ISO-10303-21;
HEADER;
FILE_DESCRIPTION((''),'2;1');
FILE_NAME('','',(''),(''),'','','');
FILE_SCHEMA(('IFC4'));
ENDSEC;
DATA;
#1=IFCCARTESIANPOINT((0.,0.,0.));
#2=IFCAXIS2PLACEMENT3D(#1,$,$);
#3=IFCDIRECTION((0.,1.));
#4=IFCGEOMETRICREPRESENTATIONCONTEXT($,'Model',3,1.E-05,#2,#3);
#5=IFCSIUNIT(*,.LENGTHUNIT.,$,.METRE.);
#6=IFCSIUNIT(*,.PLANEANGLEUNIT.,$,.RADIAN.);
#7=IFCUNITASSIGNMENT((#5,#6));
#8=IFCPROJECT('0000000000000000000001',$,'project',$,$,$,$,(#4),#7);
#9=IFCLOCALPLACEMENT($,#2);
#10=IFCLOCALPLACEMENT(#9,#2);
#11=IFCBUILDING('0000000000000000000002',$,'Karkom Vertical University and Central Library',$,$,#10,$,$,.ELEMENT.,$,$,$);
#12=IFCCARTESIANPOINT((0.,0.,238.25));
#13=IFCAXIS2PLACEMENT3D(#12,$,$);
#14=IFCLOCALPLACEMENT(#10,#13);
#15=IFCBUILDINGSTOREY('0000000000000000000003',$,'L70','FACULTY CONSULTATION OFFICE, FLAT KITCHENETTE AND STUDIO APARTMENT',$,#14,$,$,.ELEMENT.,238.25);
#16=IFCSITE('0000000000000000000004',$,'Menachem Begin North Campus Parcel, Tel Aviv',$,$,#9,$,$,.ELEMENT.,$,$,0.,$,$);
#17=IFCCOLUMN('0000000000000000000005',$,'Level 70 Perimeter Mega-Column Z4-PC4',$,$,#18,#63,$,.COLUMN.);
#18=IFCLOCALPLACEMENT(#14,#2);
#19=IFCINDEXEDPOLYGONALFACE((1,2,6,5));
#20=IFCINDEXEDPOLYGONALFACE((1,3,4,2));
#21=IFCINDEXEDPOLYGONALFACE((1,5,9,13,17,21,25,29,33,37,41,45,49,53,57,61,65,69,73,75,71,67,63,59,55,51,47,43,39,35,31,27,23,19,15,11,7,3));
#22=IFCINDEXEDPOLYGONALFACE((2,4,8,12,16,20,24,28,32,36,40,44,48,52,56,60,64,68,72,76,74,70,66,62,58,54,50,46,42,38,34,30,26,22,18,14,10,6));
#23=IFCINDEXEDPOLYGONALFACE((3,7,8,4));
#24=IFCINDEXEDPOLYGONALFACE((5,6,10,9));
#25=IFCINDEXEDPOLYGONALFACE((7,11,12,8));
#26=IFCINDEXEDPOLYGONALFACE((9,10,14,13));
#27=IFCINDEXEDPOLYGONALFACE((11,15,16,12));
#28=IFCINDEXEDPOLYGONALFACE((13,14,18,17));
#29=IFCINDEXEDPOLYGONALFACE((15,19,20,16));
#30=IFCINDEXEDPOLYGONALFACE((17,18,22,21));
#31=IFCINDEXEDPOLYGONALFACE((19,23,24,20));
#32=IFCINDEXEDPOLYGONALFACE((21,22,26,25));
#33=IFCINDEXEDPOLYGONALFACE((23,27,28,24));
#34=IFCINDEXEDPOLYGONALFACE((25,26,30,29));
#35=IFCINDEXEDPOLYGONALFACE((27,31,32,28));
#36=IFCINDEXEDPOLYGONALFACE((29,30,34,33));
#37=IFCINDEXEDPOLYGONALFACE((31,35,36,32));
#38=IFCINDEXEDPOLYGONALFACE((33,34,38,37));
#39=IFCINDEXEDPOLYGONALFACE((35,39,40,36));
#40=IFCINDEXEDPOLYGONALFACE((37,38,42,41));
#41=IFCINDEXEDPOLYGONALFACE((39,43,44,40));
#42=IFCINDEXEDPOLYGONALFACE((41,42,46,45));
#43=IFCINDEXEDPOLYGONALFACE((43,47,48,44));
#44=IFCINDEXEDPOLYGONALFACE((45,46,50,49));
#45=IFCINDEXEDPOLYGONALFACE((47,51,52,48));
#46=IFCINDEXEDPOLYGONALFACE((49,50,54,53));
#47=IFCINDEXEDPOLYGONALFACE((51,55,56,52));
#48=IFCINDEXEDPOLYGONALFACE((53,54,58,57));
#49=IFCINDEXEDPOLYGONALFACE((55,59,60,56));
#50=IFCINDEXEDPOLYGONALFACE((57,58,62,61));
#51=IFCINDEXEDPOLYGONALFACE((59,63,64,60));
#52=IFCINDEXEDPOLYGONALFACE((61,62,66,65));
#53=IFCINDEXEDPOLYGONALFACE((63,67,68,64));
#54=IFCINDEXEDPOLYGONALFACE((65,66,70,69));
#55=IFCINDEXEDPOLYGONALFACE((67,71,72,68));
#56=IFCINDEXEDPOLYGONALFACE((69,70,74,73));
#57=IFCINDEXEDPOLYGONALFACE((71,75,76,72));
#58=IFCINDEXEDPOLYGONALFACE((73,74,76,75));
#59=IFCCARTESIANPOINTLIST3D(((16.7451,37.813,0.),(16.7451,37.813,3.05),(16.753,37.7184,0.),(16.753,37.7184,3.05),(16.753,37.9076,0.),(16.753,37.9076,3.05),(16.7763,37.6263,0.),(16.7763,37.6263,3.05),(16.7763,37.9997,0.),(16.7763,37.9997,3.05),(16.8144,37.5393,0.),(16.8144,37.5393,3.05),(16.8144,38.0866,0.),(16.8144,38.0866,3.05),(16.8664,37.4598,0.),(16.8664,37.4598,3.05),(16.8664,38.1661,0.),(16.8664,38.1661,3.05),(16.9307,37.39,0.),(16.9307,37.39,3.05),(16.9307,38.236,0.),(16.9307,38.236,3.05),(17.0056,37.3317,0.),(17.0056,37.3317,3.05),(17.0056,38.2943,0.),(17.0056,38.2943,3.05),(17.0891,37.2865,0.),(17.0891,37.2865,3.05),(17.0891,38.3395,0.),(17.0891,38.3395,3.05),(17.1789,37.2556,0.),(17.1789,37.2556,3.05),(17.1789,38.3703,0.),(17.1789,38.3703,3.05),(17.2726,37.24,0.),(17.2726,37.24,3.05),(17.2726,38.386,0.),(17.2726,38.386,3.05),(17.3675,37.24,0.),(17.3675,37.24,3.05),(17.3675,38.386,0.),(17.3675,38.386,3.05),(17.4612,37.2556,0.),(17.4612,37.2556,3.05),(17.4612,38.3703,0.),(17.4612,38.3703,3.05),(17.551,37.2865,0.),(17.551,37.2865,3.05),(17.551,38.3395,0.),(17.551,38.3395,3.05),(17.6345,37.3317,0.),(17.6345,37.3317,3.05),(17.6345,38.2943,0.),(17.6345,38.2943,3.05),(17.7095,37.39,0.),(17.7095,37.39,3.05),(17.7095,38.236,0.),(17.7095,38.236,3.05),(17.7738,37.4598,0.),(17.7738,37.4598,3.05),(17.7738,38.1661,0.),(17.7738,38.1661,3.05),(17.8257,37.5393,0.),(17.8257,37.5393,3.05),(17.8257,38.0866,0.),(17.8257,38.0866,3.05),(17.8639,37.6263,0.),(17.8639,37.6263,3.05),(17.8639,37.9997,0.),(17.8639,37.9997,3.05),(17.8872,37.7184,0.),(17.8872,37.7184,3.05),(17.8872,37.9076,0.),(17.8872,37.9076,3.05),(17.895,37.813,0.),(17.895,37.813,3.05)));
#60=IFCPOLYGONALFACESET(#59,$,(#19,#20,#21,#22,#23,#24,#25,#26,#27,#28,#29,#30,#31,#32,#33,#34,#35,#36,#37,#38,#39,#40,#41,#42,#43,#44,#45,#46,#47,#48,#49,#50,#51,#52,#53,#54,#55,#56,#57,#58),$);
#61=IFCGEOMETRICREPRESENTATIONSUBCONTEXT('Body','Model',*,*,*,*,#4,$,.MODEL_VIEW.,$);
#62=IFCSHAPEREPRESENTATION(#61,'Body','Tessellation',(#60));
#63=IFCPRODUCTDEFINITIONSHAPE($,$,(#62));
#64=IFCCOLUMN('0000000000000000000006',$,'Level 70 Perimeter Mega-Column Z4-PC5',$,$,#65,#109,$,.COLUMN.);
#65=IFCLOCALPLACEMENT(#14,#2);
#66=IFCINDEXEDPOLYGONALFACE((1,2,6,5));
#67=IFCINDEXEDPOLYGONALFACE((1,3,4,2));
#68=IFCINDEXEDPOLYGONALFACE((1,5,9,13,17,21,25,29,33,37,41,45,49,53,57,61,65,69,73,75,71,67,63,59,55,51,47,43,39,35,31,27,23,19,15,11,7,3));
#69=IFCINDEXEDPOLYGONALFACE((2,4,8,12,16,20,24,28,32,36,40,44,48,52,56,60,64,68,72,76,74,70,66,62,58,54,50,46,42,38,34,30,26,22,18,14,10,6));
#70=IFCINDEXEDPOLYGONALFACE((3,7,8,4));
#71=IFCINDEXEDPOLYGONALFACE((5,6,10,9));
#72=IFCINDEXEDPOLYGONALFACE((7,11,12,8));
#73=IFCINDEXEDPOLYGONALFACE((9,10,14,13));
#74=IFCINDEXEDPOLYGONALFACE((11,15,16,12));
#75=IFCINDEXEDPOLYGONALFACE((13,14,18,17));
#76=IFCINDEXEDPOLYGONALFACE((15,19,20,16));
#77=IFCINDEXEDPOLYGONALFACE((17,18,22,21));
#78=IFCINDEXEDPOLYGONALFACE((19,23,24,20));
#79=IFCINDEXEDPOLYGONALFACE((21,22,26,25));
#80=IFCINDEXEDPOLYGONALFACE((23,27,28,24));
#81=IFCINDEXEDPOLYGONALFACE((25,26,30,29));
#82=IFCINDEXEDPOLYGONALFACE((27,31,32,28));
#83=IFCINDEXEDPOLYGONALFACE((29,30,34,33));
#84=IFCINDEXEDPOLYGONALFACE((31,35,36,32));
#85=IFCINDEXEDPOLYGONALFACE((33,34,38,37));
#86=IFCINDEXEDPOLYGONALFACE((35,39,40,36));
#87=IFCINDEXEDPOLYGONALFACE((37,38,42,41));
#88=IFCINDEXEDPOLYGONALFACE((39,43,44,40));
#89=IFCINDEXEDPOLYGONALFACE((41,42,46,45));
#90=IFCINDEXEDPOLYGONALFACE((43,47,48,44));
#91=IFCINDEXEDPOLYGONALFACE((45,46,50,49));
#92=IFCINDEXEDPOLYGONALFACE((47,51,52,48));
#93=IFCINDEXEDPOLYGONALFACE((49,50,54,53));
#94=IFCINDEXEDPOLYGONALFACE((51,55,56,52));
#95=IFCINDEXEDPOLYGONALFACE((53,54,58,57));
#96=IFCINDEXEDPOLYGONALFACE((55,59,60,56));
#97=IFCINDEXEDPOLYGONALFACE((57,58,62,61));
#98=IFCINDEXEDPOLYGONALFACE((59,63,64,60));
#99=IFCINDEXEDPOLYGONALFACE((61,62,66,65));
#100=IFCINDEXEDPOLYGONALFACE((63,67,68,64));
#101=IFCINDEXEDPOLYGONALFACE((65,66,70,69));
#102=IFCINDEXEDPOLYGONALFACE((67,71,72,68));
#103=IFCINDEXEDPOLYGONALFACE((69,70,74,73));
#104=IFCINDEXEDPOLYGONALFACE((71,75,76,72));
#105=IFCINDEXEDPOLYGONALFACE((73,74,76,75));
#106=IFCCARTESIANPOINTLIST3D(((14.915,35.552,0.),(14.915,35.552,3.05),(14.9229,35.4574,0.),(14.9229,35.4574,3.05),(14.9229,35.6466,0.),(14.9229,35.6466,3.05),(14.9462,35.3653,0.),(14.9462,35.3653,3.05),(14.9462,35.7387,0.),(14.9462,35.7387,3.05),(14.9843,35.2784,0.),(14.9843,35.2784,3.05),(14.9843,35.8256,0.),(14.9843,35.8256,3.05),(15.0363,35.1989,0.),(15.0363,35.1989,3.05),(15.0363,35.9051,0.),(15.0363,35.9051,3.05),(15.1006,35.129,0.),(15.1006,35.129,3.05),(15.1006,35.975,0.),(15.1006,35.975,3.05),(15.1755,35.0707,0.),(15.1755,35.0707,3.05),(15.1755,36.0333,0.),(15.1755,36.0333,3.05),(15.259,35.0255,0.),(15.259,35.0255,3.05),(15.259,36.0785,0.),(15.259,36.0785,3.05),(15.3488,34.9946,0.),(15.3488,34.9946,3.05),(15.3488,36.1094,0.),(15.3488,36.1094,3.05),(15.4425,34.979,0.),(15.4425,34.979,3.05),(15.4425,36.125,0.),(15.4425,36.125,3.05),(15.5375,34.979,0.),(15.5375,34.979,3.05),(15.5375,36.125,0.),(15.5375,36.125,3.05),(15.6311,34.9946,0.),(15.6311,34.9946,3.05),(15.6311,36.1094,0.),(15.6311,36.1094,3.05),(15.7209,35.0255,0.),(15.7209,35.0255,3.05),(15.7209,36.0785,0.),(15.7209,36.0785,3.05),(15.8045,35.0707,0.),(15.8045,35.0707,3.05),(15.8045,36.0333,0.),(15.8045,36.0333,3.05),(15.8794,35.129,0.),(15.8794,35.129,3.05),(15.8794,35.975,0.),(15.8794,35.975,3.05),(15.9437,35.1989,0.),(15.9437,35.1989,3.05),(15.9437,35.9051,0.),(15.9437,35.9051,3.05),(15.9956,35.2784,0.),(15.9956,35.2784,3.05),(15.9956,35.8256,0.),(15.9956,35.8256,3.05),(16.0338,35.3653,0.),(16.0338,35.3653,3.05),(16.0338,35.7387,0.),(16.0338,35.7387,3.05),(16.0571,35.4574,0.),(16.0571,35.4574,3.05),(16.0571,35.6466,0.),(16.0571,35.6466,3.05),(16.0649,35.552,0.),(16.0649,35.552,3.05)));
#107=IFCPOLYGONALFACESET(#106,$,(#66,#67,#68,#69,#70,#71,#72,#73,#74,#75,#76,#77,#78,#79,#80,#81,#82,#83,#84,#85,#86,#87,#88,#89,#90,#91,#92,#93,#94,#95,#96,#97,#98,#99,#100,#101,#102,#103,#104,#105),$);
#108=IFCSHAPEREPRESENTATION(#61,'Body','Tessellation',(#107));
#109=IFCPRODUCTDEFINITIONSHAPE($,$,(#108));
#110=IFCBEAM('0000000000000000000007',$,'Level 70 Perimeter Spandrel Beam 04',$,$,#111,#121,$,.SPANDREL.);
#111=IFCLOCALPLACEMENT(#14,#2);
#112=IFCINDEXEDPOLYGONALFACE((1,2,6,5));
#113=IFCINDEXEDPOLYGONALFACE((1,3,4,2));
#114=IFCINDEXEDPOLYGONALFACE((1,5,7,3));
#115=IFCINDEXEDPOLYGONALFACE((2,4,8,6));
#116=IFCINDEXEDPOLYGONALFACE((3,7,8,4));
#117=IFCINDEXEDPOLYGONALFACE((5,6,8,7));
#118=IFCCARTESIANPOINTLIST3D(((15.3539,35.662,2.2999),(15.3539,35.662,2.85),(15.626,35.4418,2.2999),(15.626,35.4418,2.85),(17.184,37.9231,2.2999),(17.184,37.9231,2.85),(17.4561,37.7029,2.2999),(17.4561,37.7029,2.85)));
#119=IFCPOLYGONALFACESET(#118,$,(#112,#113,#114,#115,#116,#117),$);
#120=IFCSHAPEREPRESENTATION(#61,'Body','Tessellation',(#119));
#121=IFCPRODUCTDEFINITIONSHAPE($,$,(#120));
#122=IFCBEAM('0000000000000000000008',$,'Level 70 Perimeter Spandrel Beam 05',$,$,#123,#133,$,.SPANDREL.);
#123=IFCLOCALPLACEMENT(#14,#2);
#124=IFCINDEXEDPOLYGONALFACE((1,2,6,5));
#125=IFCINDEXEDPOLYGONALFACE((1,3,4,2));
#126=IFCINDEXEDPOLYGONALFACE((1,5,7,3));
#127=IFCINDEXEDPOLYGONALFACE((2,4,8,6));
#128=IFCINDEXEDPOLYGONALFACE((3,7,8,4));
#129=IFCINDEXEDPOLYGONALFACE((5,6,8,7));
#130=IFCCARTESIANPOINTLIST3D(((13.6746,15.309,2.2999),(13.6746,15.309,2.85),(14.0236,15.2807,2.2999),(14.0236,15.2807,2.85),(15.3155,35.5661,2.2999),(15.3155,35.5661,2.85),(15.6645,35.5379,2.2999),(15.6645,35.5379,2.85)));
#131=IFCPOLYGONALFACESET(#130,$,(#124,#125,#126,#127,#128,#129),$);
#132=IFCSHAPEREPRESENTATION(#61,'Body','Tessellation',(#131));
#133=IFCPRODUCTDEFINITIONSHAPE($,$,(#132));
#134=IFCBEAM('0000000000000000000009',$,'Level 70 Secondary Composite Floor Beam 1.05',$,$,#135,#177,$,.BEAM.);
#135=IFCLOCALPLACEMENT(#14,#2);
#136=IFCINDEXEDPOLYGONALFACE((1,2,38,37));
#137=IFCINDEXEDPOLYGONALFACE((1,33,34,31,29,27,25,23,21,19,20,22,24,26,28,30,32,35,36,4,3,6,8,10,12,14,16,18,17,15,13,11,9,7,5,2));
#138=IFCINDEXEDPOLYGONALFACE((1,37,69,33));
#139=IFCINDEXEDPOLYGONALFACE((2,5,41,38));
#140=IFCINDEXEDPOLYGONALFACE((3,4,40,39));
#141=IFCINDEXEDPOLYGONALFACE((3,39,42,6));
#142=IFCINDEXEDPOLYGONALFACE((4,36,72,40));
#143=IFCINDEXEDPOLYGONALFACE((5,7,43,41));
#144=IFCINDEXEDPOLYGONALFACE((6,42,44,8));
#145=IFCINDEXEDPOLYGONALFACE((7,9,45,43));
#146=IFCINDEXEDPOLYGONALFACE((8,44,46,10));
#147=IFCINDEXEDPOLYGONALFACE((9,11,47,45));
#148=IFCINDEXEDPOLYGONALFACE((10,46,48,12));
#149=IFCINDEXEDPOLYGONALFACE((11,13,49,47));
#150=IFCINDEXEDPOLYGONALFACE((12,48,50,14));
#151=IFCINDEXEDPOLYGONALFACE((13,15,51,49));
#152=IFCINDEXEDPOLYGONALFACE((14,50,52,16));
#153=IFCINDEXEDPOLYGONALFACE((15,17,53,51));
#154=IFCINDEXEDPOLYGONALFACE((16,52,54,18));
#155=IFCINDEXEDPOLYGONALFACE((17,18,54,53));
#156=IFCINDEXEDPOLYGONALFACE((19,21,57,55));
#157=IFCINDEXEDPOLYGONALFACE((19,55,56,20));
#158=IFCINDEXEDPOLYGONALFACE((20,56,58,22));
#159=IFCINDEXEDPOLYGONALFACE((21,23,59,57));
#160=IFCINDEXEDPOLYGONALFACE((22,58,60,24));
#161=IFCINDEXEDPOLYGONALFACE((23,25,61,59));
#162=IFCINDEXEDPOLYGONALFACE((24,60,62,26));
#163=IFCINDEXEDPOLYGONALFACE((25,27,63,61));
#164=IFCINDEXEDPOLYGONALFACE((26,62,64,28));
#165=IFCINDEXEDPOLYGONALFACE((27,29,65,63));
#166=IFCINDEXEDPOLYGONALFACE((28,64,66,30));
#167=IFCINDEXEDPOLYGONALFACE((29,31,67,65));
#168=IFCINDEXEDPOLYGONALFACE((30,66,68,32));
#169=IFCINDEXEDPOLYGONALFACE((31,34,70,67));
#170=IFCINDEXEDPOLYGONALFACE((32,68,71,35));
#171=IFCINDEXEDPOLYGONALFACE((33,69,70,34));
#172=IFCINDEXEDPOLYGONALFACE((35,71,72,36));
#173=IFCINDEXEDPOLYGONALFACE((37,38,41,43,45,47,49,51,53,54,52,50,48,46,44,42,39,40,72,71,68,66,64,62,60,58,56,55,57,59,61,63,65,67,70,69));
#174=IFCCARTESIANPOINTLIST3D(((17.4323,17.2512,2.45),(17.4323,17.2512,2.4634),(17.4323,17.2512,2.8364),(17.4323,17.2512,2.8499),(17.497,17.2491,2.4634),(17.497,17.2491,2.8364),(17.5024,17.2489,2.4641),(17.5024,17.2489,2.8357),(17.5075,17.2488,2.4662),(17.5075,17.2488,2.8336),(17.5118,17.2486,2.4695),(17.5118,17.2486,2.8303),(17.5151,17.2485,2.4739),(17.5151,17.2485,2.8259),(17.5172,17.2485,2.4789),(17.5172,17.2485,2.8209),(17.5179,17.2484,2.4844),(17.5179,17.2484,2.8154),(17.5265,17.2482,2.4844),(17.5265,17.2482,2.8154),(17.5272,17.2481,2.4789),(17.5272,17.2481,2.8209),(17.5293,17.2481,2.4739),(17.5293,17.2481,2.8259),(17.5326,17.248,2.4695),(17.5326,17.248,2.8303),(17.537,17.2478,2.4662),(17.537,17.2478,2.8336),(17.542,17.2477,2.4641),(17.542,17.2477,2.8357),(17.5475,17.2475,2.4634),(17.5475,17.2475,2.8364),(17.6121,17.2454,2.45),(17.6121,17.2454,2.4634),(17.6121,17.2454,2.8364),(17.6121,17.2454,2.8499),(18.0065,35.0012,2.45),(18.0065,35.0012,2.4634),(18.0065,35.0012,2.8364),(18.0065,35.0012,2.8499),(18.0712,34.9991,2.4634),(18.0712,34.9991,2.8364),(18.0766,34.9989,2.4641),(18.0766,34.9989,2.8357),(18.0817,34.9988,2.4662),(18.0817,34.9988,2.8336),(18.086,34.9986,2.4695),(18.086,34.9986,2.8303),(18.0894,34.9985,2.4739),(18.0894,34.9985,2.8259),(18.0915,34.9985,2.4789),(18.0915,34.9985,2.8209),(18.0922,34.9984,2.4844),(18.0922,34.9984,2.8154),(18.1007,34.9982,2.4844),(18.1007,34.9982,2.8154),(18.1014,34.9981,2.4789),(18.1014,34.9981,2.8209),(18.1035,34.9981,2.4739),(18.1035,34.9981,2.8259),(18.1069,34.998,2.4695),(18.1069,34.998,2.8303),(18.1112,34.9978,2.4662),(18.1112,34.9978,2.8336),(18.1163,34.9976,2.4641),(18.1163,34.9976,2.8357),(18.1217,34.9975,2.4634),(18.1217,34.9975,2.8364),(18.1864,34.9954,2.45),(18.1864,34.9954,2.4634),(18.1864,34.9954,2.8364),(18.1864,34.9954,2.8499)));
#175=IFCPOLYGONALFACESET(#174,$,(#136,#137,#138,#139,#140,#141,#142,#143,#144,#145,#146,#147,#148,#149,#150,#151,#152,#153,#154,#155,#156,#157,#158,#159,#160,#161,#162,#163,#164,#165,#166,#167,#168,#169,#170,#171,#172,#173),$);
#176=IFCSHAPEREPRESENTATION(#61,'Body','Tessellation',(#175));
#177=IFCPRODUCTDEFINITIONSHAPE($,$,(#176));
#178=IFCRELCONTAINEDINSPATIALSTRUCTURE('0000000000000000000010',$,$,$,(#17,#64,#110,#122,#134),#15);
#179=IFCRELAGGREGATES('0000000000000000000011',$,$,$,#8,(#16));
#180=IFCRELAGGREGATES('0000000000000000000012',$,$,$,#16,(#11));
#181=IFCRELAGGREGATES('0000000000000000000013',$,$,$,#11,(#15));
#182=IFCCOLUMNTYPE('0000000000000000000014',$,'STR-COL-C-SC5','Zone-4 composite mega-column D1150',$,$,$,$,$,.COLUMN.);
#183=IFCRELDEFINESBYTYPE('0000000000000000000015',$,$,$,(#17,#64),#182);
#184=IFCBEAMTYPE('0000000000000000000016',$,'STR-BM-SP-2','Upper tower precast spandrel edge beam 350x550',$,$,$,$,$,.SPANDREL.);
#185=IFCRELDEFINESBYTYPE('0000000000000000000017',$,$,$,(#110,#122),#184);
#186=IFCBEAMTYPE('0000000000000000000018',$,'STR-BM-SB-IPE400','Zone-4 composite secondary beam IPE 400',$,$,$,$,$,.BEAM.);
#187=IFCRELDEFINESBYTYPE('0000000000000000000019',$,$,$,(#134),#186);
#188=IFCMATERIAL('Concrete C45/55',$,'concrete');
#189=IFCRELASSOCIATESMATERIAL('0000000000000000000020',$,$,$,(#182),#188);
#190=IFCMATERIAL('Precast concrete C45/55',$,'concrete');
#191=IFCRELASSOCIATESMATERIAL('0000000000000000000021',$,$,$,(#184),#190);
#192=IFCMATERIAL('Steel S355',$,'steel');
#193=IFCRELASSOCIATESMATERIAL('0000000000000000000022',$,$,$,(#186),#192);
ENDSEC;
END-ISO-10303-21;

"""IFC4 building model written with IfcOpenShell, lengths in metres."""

from ifc_helpers import new_model, si_unit, direction, frame, origin, origin_with_axes, origin_2d, place, context, subcontext, project, spatial, rectangle, circle, i_section, extrude, source, transform, mapped, material, material_profile, profile_set, type_object, element, save


model = new_model("IFC4")

# Units and contexts
model_context = context("Model", 3, precision=1e-05, world=origin(), true_north=direction((0.0, 1.0)))
body_context = subcontext(model_context, "Body", "Model", "MODEL_VIEW")
ifc_project = project(units=[si_unit("LENGTHUNIT", "METRE"), si_unit("PLANEANGLEUNIT", "RADIAN")], contexts=[model_context])

# Site, building, storey
site_placement = place(None, origin())
site = spatial("IfcSite", under=ifc_project, at=site_placement, Name="Menachem Begin North Campus Parcel, Tel Aviv", CompositionType="ELEMENT", RefElevation=0.0)
building_placement = place(site_placement, origin())
building = spatial("IfcBuilding", under=site, at=building_placement, Name="Karkom Vertical University and Central Library", CompositionType="ELEMENT")
storey_placement = place(building_placement, frame((0.0, 0.0, 238.25)))
storey = spatial("IfcBuildingStorey", under=building, at=storey_placement, Name="L70", Description="FACULTY CONSULTATION OFFICE, FLAT KITCHENETTE AND STUDIO APARTMENT", CompositionType="ELEMENT", Elevation=238.25)

# Columns
ifc_material_1 = material(Name="Concrete C45/55", Category="concrete")
ifc_material_profile_1 = material_profile(ifc_material_1, circle(Radius=0.575, at=origin_2d()), Name="CFT-D1150")
ifc_profile_set_1 = profile_set([ifc_material_profile_1], Name="Concrete C45/55")
column_type = type_object("IfcColumnType", Name="STR-COL-C-SC5", Description="Zone-4 composite mega-column D1150", PredefinedType="COLUMN", material=ifc_profile_set_1)
shared_shape_1 = source(origin_with_axes(), body_context, "Body", "SweptSolid", [
    extrude(circle(Radius=0.575, at=origin_2d()), origin(), (0.0, 0.0, 1.0), 3.05),
])
for number, where, z_axis, x_axis, name in (
    (1, (17.3201, 37.813, 0.0), (0.0, 0.0, 1.0), (1.0, 0.0, 0.0), "Level 70 Perimeter Mega-Column Z4-PC4"),
    (2, (15.49, 35.552, 0.0), (0.0, 0.0, 1.0), (1.0, 0.0, 0.0), "Level 70 Perimeter Mega-Column Z4-PC5"),
):
    element("IfcColumn", number, at=place(storey_placement, frame(where, z_axis=z_axis, x_axis=x_axis)), inside=storey, type_object=column_type, Name=name, PredefinedType="COLUMN", context=body_context, shape_type="MappedRepresentation", body=[
        mapped(shared_shape_1, transform((0.0, 0.0, 0.0), scale=1.0)),
    ])

# Beams
ifc_material_2 = material(Name="Precast concrete C45/55", Category="concrete")
ifc_material_profile_2 = material_profile(ifc_material_2, rectangle(XDim=0.3501, YDim=0.55, at=origin_2d()), Name="SPB-350x550")
ifc_profile_set_2 = profile_set([ifc_material_profile_2], Name="Precast concrete C45/55")
beam_type_1 = type_object("IfcBeamType", Name="STR-BM-SP-2", Description="Upper tower precast spandrel edge beam 350x550", PredefinedType="SPANDREL", material=ifc_profile_set_2)
shared_shape_2 = source(origin_with_axes(), body_context, "Body", "SweptSolid", [
    extrude(rectangle(XDim=0.3501, YDim=0.55, at=origin_2d()), origin(), (0.0, 0.0, 1.0), 2.9089),
])
beam_1_placement = place(storey_placement, frame((17.3201, 37.813, 2.575), z_axis=(-0.629148, -0.777286, 0.0), x_axis=(0.777286, -0.629148, 0.0)))
element("IfcBeam", 3, at=beam_1_placement, inside=storey, type_object=beam_type_1, Name="Level 70 Perimeter Spandrel Beam 04", PredefinedType="SPANDREL", context=body_context, shape_type="MappedRepresentation", body=[
    mapped(shared_shape_2, transform((0.0, 0.0, 0.0), scale=1.0)),
])
shared_shape_3 = source(origin_with_axes(), body_context, "Body", "SweptSolid", [
    extrude(rectangle(XDim=0.3501, YDim=0.55, at=origin_2d()), origin(), (0.0, 0.0, 1.0), 20.3235),
])
beam_2_placement = place(storey_placement, frame((15.49, 35.552, 2.575), z_axis=(-0.080738, -0.996735, 0.0), x_axis=(0.996735, -0.080738, 0.0)))
element("IfcBeam", 4, at=beam_2_placement, inside=storey, type_object=beam_type_1, Name="Level 70 Perimeter Spandrel Beam 05", PredefinedType="SPANDREL", context=body_context, shape_type="MappedRepresentation", body=[
    mapped(shared_shape_3, transform((0.0, 0.0, 0.0), scale=1.0)),
])
ifc_material_3 = material(Name="Steel S355", Category="steel")
ifc_material_profile_3 = material_profile(ifc_material_3, i_section(OverallWidth=0.1799, OverallDepth=0.3999, WebThickness=0.0085, FlangeThickness=0.0134, FilletRadius=0.021, at=origin_2d()), Name="IPE 400")
ifc_profile_set_3 = profile_set([ifc_material_profile_3], Name="Steel S355")
beam_type_2 = type_object("IfcBeamType", Name="STR-BM-SB-IPE400", Description="Zone-4 composite secondary beam IPE 400", PredefinedType="BEAM", material=ifc_profile_set_3)
shared_shape_4 = source(origin_with_axes(), body_context, "Body", "SweptSolid", [
    extrude(i_section(OverallWidth=0.1799, OverallDepth=0.3999, WebThickness=0.0085, FlangeThickness=0.0134, FilletRadius=0.021, at=origin_2d()), origin(), (0.0, 0.0, 1.0), 17.7593),
])
beam_3_placement = place(storey_placement, frame((18.0964, 34.9983, 2.6499), z_axis=(-0.032333, -0.999477, 0.0), x_axis=(0.999477, -0.032333, 0.0)))
element("IfcBeam", 5, at=beam_3_placement, inside=storey, type_object=beam_type_2, Name="Level 70 Secondary Composite Floor Beam 1.05", PredefinedType="BEAM", context=body_context, shape_type="MappedRepresentation", body=[
    mapped(shared_shape_4, transform((0.0, 0.0, 0.0), scale=1.0)),
])

save(model, "model.ifc")
